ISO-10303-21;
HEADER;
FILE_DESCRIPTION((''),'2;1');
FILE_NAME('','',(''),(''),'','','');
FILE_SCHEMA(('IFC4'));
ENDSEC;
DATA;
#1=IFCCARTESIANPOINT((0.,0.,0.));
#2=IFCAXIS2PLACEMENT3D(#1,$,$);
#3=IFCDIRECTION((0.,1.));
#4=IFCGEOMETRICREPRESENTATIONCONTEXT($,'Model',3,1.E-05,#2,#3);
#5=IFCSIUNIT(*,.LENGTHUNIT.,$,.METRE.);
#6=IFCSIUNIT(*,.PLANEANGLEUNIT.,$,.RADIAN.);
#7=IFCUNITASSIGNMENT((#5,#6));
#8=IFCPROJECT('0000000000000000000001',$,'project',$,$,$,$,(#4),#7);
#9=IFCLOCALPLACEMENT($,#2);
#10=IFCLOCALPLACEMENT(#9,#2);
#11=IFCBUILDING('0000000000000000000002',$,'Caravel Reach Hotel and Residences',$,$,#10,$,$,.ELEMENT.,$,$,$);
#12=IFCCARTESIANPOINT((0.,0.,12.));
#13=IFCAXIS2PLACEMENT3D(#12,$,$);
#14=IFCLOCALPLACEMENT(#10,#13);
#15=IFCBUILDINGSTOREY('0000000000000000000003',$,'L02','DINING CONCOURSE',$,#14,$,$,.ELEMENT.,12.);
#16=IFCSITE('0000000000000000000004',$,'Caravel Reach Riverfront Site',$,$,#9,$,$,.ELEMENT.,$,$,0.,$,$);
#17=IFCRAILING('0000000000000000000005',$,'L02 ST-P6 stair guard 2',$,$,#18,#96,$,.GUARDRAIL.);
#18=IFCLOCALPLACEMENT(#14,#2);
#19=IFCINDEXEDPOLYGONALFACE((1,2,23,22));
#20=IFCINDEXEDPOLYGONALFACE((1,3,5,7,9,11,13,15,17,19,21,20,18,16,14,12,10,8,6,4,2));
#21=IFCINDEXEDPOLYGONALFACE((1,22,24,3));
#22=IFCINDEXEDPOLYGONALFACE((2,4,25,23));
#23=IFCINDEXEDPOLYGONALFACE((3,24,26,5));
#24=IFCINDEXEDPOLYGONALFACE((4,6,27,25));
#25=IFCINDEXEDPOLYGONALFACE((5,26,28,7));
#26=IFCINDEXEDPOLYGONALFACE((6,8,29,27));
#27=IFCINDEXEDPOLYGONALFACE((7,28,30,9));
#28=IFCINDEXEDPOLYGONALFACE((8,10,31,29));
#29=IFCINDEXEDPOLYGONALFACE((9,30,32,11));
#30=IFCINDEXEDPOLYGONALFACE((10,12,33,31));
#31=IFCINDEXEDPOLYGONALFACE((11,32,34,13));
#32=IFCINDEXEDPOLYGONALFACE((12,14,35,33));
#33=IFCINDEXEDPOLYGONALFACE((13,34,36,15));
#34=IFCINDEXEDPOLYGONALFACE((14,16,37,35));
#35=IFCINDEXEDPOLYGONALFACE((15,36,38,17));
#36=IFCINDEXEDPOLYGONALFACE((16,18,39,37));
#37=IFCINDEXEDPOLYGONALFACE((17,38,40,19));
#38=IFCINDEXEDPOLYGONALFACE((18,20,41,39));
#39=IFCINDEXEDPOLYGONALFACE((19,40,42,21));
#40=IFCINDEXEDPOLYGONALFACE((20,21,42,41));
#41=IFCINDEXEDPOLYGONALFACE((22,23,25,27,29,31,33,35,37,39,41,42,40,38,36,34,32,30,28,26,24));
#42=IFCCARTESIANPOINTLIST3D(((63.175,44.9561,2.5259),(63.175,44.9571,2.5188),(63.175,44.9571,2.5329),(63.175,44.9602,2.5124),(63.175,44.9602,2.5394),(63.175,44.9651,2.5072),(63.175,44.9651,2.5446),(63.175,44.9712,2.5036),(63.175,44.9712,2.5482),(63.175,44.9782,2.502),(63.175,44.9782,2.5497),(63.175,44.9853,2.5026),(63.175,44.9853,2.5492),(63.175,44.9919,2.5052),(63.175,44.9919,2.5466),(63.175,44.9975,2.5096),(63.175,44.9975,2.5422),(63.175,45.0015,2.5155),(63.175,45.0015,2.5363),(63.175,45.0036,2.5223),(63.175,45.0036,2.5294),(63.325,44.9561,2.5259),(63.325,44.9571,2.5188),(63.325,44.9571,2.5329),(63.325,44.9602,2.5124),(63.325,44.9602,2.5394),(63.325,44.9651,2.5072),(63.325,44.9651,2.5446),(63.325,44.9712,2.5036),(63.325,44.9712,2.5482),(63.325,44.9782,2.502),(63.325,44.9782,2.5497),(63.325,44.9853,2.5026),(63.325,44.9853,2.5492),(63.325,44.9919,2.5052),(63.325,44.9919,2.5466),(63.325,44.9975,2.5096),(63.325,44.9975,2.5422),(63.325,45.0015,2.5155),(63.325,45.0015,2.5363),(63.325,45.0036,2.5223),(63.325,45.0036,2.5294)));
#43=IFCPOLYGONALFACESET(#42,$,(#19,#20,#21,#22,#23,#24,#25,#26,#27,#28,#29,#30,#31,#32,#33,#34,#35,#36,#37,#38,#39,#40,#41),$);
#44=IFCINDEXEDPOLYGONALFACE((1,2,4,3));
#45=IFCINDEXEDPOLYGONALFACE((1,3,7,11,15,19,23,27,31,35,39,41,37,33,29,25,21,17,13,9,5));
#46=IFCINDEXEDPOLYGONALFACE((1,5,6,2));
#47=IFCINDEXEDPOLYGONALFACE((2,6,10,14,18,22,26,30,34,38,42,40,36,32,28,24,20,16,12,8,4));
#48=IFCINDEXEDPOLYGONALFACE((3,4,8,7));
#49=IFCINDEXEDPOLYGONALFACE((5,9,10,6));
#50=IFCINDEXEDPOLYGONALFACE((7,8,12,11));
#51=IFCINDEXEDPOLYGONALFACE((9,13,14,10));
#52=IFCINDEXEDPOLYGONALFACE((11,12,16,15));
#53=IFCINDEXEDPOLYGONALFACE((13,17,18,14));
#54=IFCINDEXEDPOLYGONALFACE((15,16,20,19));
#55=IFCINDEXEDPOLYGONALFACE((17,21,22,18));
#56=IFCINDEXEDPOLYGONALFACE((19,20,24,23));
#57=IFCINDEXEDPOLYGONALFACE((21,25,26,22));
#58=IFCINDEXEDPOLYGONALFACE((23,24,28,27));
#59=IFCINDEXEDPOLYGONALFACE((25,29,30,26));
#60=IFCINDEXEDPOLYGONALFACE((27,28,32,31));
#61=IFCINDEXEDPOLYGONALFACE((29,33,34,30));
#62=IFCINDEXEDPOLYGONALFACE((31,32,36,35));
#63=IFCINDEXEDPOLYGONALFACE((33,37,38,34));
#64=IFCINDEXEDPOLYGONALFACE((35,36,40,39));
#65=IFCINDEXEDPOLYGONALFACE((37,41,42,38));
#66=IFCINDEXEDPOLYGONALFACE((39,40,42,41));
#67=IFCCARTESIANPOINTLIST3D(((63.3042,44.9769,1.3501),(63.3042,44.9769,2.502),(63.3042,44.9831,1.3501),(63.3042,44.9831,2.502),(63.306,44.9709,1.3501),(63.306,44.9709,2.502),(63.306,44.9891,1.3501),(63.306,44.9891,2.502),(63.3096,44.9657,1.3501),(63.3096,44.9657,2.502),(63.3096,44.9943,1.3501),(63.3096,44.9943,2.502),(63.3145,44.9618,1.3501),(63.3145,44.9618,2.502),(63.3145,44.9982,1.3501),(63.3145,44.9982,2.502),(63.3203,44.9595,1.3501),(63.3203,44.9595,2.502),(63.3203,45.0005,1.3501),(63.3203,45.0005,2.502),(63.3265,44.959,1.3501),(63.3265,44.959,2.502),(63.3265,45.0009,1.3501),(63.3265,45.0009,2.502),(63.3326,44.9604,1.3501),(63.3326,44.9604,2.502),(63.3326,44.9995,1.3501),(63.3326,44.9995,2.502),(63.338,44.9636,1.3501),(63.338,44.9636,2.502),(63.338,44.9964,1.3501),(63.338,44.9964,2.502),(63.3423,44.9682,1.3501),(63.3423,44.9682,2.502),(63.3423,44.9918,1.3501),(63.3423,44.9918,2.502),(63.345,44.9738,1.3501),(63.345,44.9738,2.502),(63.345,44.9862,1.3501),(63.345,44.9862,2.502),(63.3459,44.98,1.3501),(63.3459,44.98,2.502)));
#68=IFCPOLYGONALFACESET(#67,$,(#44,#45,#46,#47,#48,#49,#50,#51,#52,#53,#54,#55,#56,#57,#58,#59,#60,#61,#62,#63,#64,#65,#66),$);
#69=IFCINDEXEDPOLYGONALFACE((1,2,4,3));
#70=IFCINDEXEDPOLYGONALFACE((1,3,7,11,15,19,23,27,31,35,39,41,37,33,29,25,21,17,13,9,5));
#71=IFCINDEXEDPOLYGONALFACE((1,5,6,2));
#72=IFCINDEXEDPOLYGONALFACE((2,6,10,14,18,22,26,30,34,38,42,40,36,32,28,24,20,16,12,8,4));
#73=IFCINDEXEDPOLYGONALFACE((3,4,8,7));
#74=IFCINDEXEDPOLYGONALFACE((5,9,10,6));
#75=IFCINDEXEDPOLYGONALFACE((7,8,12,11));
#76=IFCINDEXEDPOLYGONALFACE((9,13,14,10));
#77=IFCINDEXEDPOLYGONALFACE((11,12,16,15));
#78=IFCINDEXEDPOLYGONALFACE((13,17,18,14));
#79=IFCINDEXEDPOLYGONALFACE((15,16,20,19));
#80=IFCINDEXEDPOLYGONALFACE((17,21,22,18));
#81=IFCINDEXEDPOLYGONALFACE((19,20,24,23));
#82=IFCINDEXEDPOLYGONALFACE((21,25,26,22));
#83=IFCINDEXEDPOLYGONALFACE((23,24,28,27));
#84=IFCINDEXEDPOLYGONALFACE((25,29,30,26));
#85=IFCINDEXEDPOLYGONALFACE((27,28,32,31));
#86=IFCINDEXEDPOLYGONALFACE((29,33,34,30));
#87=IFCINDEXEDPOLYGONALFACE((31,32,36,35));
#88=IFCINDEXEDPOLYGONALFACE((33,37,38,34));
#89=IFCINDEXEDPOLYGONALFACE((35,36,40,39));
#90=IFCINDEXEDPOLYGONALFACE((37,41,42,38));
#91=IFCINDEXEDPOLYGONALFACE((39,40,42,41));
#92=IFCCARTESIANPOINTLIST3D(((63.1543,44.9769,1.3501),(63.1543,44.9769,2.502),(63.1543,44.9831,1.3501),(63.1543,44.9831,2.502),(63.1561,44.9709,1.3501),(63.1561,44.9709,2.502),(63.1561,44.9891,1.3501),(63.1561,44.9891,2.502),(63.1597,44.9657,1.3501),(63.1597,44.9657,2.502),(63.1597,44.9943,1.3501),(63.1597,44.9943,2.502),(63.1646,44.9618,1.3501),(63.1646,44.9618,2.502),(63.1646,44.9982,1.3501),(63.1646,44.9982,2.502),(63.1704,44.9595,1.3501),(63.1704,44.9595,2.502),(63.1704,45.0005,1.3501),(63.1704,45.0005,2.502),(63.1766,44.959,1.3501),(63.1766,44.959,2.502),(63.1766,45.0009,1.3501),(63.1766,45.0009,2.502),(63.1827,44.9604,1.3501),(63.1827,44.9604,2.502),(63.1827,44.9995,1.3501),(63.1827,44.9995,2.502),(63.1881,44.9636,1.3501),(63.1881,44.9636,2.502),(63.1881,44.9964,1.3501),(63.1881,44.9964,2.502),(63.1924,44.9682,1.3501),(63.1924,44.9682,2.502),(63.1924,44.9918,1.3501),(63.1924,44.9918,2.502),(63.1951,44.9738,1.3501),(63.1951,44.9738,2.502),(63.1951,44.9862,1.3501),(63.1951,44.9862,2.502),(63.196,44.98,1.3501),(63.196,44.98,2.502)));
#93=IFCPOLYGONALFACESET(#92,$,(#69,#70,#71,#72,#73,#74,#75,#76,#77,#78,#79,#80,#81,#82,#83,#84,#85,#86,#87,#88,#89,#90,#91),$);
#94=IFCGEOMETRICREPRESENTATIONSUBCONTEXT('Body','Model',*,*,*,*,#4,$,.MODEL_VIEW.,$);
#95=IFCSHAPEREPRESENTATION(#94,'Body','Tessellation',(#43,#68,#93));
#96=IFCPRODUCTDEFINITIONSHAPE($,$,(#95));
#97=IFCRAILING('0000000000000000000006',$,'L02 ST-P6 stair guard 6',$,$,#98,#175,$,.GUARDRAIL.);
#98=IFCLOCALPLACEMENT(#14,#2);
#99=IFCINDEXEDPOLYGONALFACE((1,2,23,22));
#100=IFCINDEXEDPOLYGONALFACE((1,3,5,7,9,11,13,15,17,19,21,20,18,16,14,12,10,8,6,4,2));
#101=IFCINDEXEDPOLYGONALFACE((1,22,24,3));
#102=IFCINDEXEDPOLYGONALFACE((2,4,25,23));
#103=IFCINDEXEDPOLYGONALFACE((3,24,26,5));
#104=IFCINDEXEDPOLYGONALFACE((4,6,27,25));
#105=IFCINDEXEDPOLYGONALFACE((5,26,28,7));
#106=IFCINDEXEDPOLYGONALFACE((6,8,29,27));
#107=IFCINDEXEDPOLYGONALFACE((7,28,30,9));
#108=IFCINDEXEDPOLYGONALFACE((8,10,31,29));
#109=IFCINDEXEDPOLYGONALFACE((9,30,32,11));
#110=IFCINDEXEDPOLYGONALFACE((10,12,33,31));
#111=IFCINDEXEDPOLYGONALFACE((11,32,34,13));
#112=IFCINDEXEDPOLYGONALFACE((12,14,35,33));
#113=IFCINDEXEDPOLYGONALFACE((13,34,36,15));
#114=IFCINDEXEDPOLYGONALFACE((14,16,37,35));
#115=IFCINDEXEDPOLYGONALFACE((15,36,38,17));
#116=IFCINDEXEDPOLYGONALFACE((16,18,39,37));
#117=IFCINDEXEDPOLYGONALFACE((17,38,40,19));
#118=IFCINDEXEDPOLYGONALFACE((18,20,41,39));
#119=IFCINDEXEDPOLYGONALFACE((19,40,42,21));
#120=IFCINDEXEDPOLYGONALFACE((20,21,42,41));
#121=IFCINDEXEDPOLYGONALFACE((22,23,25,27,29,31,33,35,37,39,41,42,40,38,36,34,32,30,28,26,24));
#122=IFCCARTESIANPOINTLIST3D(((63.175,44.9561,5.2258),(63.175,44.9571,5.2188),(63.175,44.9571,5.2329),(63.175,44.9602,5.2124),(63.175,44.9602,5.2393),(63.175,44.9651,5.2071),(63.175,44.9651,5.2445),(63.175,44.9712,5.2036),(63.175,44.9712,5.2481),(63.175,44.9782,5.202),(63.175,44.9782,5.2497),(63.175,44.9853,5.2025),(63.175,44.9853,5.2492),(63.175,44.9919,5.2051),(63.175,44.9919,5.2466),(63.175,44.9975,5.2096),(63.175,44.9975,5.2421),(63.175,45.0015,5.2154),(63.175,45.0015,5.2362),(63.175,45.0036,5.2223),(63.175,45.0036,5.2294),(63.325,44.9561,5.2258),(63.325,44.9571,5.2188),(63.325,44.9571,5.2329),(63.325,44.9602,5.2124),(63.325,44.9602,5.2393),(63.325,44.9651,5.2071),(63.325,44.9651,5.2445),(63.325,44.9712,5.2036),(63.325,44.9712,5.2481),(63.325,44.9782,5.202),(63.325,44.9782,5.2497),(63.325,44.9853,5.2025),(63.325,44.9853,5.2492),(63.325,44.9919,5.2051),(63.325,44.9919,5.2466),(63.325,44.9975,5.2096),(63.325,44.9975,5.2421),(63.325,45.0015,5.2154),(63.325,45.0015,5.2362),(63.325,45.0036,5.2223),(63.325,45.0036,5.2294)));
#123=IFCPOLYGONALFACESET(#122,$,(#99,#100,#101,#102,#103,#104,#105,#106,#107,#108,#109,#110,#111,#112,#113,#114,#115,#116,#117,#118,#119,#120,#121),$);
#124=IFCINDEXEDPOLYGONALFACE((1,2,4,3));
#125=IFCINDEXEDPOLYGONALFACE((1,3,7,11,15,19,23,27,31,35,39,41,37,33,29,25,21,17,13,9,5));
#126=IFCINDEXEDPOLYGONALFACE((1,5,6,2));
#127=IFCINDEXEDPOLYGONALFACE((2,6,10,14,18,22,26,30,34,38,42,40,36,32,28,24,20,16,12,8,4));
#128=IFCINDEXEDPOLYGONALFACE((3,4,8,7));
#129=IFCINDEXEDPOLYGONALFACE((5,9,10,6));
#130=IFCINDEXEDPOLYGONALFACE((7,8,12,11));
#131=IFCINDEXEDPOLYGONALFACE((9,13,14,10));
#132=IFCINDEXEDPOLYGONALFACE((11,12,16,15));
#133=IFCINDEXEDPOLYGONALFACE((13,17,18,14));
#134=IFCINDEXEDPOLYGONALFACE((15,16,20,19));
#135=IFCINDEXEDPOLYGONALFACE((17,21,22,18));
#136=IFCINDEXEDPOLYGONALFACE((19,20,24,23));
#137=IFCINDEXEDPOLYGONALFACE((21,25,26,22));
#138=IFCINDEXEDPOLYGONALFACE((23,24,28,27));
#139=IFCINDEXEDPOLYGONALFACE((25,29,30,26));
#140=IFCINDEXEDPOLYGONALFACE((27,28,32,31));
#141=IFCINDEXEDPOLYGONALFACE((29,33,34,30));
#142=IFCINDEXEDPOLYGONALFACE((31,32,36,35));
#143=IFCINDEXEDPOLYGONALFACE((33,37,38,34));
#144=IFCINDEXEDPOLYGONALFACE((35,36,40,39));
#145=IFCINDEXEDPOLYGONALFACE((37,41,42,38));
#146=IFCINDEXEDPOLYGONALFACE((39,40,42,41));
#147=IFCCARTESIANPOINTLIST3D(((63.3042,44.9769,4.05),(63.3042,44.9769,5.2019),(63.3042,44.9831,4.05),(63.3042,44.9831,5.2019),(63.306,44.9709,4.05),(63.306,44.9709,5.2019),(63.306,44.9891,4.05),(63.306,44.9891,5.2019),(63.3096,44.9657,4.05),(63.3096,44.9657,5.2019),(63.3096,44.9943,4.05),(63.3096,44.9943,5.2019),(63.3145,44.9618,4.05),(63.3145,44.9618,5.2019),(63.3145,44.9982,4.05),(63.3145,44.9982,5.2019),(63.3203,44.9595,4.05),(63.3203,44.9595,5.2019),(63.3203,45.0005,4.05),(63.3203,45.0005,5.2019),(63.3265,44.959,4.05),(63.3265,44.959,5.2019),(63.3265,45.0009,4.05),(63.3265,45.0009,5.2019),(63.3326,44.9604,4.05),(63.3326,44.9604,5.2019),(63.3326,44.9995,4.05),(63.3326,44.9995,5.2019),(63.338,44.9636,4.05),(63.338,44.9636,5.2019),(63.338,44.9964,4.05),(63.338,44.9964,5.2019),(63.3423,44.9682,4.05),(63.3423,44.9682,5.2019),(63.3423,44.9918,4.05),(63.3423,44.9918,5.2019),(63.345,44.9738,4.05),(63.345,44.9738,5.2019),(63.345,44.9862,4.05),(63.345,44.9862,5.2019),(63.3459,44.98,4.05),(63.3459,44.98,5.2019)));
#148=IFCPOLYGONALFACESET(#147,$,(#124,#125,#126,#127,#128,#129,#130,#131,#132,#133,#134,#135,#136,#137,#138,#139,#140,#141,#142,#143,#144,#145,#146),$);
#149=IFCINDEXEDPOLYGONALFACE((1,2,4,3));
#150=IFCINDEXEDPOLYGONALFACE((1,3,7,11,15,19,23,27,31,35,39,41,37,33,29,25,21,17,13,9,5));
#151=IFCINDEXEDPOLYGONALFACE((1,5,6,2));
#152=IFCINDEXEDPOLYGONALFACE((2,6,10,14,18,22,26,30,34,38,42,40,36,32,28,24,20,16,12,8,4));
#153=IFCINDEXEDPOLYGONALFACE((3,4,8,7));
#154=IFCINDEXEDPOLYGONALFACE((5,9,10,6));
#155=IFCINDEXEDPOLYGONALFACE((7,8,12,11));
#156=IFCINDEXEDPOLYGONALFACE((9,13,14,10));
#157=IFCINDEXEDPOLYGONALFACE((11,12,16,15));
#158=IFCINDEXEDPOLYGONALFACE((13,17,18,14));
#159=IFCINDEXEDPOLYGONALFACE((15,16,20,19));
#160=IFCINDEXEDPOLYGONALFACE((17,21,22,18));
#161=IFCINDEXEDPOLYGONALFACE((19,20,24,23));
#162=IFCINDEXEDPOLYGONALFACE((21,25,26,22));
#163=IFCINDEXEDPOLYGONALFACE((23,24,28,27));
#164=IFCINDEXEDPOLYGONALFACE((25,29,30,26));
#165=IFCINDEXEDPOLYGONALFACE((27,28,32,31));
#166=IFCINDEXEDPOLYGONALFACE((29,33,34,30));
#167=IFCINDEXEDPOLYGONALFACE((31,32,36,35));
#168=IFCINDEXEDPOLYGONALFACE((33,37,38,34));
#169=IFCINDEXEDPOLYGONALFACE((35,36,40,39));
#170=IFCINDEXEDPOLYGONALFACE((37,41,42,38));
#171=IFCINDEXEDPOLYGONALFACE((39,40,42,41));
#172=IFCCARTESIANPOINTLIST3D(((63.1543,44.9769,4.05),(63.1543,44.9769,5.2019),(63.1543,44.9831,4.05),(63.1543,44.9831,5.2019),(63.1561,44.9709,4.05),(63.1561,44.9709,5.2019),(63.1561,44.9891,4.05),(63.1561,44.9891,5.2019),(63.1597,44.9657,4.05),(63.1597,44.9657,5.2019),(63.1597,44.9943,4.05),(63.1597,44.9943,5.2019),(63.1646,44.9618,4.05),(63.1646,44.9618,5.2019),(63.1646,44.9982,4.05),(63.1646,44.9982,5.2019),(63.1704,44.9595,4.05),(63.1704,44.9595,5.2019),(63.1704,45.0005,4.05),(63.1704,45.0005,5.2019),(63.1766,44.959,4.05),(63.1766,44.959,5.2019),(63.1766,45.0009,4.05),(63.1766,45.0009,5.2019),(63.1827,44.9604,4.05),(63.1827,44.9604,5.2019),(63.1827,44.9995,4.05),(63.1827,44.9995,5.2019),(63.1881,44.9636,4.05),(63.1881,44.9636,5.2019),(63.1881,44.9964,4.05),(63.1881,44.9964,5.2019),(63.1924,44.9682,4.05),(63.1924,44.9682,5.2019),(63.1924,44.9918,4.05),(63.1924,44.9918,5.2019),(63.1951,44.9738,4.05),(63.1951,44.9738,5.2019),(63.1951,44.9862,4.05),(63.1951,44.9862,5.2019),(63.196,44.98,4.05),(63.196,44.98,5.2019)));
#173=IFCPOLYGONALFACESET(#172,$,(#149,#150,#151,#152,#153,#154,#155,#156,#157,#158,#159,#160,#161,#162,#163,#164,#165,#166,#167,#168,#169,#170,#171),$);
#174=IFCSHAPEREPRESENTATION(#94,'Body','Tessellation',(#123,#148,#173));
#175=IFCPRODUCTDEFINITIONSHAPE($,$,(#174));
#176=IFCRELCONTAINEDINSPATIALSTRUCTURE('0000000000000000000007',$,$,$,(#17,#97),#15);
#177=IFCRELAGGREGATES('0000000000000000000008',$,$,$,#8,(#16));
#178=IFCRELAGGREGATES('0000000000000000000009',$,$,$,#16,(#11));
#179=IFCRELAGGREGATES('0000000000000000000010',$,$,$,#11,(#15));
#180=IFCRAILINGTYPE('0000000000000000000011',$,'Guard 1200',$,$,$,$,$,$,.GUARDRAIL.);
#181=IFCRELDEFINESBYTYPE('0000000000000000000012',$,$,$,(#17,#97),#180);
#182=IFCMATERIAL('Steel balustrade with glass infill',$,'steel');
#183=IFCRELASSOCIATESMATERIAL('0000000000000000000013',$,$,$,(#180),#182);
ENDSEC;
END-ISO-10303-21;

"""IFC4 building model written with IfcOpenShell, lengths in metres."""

from ifc_helpers import new_model, si_unit, direction, frame, origin, origin_2d, place, context, subcontext, project, spatial, circle, extrude, material, type_object, element, save


model = new_model("IFC4")

# Units and contexts
model_context = context("Model", 3, precision=1e-05, world=origin(), true_north=direction((0.0, 1.0)))
body_context = subcontext(model_context, "Body", "Model", "MODEL_VIEW")
ifc_project = project(units=[si_unit("LENGTHUNIT", "METRE"), si_unit("PLANEANGLEUNIT", "RADIAN")], contexts=[model_context])

# Site, building, storey
site_placement = place(None, origin())
site = spatial("IfcSite", under=ifc_project, at=site_placement, Name="Caravel Reach Riverfront Site", CompositionType="ELEMENT", RefElevation=0.0)
building_placement = place(site_placement, origin())
building = spatial("IfcBuilding", under=site, at=building_placement, Name="Caravel Reach Hotel and Residences", CompositionType="ELEMENT")
storey_placement = place(building_placement, frame((0.0, 0.0, 12.0)))
storey = spatial("IfcBuildingStorey", under=building, at=storey_placement, Name="L02", Description="DINING CONCOURSE", CompositionType="ELEMENT", Elevation=12.0)

# Railings
ifc_material_1 = material(Name="Steel balustrade with glass infill", Category="steel")
railing_type = type_object("IfcRailingType", Name="Guard 1200", PredefinedType="GUARDRAIL", material=ifc_material_1)
for number, where, name in (
    (1, (63.325, 44.98, 1.3501), "L02 ST-P6 stair guard 2"),
    (2, (63.325, 44.98, 4.05), "L02 ST-P6 stair guard 6"),
):
    element("IfcRailing", number, at=place(storey_placement, frame(where)), inside=storey, type_object=railing_type, Name=name, PredefinedType="GUARDRAIL", context=body_context, shape_type="SweptSolid", body=[
        extrude(circle(Radius=0.0239, at=origin_2d()), frame((0.0, 0.0, 1.1758), z_axis=(-1.0, 0.0, 0.0), x_axis=(0.0, -1.0, 0.0)), (0.0, 0.0, 1.0), 0.1499),
        extrude(circle(Radius=0.021, at=origin_2d()), origin(), (0.0, 0.0, 1.0), 1.1519),
        extrude(circle(Radius=0.021, at=origin_2d()), frame((-0.1499, 0.0, 0.0)), (0.0, 0.0, 1.0), 1.1519),
    ])

save(model, "model.ifc")
